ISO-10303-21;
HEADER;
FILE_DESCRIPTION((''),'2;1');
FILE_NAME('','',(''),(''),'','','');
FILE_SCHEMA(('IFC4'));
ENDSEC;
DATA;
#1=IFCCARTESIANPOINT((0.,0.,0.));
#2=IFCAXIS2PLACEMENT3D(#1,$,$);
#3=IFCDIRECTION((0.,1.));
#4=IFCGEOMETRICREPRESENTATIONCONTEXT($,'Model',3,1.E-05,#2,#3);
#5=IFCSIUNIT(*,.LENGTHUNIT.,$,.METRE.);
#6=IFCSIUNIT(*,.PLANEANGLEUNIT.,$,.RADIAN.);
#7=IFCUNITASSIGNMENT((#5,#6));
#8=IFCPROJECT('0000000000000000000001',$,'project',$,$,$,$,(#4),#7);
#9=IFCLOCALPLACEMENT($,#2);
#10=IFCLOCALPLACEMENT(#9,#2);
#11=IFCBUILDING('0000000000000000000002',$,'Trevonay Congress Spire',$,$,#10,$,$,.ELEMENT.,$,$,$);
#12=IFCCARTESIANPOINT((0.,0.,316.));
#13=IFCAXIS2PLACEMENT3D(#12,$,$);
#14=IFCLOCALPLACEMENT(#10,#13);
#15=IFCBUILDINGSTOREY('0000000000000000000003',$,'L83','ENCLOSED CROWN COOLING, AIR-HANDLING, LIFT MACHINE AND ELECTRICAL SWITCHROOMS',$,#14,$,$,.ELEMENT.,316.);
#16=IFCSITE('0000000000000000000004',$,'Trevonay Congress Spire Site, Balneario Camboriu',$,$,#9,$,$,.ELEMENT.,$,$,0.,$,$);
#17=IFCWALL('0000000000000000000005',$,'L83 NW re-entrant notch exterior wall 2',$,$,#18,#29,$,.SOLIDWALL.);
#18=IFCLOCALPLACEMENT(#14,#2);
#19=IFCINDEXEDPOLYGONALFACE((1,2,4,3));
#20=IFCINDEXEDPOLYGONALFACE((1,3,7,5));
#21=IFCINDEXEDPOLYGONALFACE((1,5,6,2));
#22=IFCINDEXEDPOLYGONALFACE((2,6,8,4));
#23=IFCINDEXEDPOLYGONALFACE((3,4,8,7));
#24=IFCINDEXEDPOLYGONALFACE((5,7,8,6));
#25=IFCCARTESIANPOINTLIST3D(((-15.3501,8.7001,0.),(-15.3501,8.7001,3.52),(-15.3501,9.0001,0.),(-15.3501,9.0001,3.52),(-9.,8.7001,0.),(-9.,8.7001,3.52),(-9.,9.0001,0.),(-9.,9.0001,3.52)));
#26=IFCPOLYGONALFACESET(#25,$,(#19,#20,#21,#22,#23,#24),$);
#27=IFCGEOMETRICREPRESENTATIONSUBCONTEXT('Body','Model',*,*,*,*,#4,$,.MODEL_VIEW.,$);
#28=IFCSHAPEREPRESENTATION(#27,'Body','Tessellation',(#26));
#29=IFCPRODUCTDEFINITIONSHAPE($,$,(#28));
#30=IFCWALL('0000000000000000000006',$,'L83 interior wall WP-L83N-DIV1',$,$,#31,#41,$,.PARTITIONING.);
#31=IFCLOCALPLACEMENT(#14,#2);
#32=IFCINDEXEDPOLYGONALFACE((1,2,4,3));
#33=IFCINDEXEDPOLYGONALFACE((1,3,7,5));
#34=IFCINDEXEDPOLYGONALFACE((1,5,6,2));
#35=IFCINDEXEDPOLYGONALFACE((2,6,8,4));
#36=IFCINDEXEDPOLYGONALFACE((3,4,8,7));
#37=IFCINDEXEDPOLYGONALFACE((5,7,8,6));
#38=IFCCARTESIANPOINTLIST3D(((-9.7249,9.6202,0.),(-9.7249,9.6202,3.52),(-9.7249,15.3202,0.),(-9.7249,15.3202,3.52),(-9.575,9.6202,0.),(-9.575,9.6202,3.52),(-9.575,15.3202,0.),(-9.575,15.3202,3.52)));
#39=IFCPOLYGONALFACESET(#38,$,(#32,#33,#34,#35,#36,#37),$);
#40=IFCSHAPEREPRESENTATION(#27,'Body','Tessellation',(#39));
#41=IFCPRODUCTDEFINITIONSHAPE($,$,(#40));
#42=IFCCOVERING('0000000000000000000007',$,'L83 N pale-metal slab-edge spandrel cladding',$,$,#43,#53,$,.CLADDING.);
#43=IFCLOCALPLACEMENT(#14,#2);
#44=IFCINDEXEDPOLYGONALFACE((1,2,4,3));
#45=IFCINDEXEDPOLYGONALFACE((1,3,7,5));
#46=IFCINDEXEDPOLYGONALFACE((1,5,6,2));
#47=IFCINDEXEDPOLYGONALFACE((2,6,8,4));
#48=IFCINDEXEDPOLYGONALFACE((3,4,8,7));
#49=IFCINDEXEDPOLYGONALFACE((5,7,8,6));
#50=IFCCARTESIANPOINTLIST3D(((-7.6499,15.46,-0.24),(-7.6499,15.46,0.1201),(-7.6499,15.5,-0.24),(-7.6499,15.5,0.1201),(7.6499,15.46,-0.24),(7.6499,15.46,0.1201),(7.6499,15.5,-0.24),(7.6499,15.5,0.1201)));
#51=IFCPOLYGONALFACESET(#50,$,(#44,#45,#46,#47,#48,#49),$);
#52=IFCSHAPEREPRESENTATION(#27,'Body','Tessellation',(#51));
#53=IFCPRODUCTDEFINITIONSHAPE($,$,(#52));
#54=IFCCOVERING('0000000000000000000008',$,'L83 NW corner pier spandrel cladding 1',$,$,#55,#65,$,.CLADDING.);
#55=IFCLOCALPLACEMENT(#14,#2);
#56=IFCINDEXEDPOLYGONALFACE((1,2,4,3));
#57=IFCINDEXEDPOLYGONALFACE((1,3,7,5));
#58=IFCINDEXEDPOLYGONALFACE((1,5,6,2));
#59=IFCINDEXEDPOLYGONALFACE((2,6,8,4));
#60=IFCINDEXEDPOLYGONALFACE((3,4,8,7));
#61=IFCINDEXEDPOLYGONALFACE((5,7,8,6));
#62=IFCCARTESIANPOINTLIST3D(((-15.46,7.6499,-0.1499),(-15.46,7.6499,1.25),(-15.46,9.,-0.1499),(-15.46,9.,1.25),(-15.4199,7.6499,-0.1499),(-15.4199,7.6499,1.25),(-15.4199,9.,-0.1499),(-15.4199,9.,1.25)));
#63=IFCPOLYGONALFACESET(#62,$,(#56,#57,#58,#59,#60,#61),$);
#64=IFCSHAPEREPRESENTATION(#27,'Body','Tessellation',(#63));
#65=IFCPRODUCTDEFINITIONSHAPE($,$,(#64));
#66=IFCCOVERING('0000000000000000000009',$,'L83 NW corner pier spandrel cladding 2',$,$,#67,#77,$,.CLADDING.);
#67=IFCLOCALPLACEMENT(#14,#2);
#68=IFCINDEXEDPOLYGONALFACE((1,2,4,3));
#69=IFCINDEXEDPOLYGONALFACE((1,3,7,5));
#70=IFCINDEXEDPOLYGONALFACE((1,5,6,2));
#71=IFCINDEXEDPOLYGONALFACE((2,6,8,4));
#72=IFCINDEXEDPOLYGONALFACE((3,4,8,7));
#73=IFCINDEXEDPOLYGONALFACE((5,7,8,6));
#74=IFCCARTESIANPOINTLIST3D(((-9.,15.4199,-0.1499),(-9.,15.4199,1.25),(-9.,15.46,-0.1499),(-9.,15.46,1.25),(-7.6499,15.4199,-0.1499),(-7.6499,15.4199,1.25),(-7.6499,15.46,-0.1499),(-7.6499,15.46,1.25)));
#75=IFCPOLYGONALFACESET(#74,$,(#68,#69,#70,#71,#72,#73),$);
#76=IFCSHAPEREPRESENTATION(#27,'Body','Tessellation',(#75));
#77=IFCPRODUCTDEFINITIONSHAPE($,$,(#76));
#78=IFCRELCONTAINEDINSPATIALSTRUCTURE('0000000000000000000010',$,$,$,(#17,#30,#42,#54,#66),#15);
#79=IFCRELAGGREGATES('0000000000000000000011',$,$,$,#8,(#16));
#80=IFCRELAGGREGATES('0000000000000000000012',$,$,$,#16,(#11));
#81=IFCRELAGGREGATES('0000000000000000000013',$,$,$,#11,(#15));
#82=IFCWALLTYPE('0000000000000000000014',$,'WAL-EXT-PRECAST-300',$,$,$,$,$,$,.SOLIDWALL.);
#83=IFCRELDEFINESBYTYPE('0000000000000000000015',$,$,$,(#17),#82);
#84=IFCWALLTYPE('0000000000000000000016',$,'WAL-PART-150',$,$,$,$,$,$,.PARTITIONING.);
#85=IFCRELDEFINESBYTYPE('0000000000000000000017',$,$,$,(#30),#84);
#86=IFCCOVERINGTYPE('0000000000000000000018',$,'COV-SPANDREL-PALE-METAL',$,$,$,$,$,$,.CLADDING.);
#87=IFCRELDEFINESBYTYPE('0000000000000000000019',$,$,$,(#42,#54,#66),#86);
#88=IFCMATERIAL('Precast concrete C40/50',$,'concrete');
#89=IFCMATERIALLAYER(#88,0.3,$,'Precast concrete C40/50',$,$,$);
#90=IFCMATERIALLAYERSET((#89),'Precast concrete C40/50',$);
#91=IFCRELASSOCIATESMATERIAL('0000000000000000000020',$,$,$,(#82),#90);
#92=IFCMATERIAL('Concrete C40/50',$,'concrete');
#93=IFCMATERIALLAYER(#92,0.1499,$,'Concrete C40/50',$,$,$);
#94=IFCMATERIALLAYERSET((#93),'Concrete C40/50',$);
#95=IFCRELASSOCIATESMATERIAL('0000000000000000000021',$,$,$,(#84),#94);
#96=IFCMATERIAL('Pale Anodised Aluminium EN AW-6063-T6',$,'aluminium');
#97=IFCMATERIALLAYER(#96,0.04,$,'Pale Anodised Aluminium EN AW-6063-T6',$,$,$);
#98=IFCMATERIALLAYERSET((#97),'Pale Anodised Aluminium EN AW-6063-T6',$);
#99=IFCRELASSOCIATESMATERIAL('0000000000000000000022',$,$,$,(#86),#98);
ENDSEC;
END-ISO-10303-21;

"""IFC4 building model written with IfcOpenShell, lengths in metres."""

from ifc_helpers import new_model, si_unit, direction, frame, frame_2d, origin, place, context, subcontext, project, spatial, rectangle, extrude, material, layer, layer_set, type_object, element, save


model = new_model("IFC4")

# Units and contexts
model_context = context("Model", 3, precision=1e-05, world=origin(), true_north=direction((0.0, 1.0)))
body_context = subcontext(model_context, "Body", "Model", "MODEL_VIEW")
ifc_project = project(units=[si_unit("LENGTHUNIT", "METRE"), si_unit("PLANEANGLEUNIT", "RADIAN")], contexts=[model_context])

# Site, building, storey
site_placement = place(None, origin())
site = spatial("IfcSite", under=ifc_project, at=site_placement, Name="Trevonay Congress Spire Site, Balneario Camboriu", CompositionType="ELEMENT", RefElevation=0.0)
building_placement = place(site_placement, origin())
building = spatial("IfcBuilding", under=site, at=building_placement, Name="Trevonay Congress Spire", CompositionType="ELEMENT")
storey_placement = place(building_placement, frame((0.0, 0.0, 316.0)))
storey = spatial("IfcBuildingStorey", under=building, at=storey_placement, Name="L83", Description="ENCLOSED CROWN COOLING, AIR-HANDLING, LIFT MACHINE AND ELECTRICAL SWITCHROOMS", CompositionType="ELEMENT", Elevation=316.0)

# Shared definitions
ifc_material_1 = material(Name="Pale Anodised Aluminium EN AW-6063-T6", Category="aluminium")

# Shared definitions
ifc_material_2 = material(Name="Concrete C40/50", Category="concrete")

# Shared definitions
ifc_material_3 = material(Name="Precast concrete C40/50", Category="concrete")
ifc_layer_1 = layer(ifc_material_3, 0.3, Name="Precast concrete C40/50")
ifc_layer_set_1 = layer_set([ifc_layer_1], Name="Precast concrete C40/50")
wall_type_1 = type_object("IfcWallType", Name="WAL-EXT-PRECAST-300", PredefinedType="SOLIDWALL", material=ifc_layer_set_1)

# Walls
wall_1_placement = place(storey_placement, frame((-15.3501, 8.8501, 0.0), z_axis=(0.0, 0.0, 1.0), x_axis=(1.0, 0.0, 0.0)))
element("IfcWall", 1, at=wall_1_placement, inside=storey, type_object=wall_type_1, Name="L83 NW re-entrant notch exterior wall 2", PredefinedType="SOLIDWALL", context=body_context, shape_type="SweptSolid", body=[
    extrude(rectangle(XDim=6.3501, YDim=0.3, at=frame_2d((3.175, 0.0))), origin(), (0.0, 0.0, 1.0), 3.52),
])
ifc_layer_2 = layer(ifc_material_2, 0.1499, Name="Concrete C40/50")
ifc_layer_set_2 = layer_set([ifc_layer_2], Name="Concrete C40/50")
wall_type_2 = type_object("IfcWallType", Name="WAL-PART-150", PredefinedType="PARTITIONING", material=ifc_layer_set_2)
wall_2_placement = place(storey_placement, frame((-9.6499, 9.6201, 0.0), z_axis=(0.0, 0.0, 1.0), x_axis=(0.0, 1.0, 0.0)))
element("IfcWall", 2, at=wall_2_placement, inside=storey, type_object=wall_type_2, Name="L83 interior wall WP-L83N-DIV1", PredefinedType="PARTITIONING", context=body_context, shape_type="SweptSolid", body=[
    extrude(rectangle(XDim=5.7, YDim=0.1499, at=frame_2d((2.8501, 0.0))), origin(), (0.0, 0.0, 1.0), 3.52),
])

# Coverings
ifc_layer_3 = layer(ifc_material_1, 0.04, Name="Pale Anodised Aluminium EN AW-6063-T6")
ifc_layer_set_3 = layer_set([ifc_layer_3], Name="Pale Anodised Aluminium EN AW-6063-T6")
covering_type = type_object("IfcCoveringType", Name="COV-SPANDREL-PALE-METAL", PredefinedType="CLADDING", material=ifc_layer_set_3)
covering_placement = place(storey_placement, frame((-7.6499, 15.48, -0.24), z_axis=(0.0, 0.0, 1.0), x_axis=(1.0, 0.0, 0.0)))
element("IfcCovering", 3, at=covering_placement, inside=storey, type_object=covering_type, Name="L83 N pale-metal slab-edge spandrel cladding", PredefinedType="CLADDING", context=body_context, shape_type="SweptSolid", body=[
    extrude(rectangle(XDim=15.2998, YDim=0.04, at=frame_2d((7.6499, 0.0))), origin(), (0.0, 0.0, 1.0), 0.3601),
])
for number, where, z_axis, x_axis, name in (
    (4, (-15.4399, 7.6499, -0.1499), (0.0, 0.0, 1.0), (0.0, 1.0, 0.0), "L83 NW corner pier spandrel cladding 1"),
    (5, (-7.6499, 15.4399, -0.1499), (0.0, 0.0, 1.0), (-1.0, 0.0, 0.0), "L83 NW corner pier spandrel cladding 2"),
):
    element("IfcCovering", number, at=place(storey_placement, frame(where, z_axis=z_axis, x_axis=x_axis)), inside=storey, type_object=covering_type, Name=name, PredefinedType="CLADDING", context=body_context, shape_type="SweptSolid", body=[
        extrude(rectangle(XDim=1.3501, YDim=0.04, at=frame_2d((0.675, 0.0))), origin(), (0.0, 0.0, 1.0), 1.3999),
    ])

save(model, "model.ifc")
